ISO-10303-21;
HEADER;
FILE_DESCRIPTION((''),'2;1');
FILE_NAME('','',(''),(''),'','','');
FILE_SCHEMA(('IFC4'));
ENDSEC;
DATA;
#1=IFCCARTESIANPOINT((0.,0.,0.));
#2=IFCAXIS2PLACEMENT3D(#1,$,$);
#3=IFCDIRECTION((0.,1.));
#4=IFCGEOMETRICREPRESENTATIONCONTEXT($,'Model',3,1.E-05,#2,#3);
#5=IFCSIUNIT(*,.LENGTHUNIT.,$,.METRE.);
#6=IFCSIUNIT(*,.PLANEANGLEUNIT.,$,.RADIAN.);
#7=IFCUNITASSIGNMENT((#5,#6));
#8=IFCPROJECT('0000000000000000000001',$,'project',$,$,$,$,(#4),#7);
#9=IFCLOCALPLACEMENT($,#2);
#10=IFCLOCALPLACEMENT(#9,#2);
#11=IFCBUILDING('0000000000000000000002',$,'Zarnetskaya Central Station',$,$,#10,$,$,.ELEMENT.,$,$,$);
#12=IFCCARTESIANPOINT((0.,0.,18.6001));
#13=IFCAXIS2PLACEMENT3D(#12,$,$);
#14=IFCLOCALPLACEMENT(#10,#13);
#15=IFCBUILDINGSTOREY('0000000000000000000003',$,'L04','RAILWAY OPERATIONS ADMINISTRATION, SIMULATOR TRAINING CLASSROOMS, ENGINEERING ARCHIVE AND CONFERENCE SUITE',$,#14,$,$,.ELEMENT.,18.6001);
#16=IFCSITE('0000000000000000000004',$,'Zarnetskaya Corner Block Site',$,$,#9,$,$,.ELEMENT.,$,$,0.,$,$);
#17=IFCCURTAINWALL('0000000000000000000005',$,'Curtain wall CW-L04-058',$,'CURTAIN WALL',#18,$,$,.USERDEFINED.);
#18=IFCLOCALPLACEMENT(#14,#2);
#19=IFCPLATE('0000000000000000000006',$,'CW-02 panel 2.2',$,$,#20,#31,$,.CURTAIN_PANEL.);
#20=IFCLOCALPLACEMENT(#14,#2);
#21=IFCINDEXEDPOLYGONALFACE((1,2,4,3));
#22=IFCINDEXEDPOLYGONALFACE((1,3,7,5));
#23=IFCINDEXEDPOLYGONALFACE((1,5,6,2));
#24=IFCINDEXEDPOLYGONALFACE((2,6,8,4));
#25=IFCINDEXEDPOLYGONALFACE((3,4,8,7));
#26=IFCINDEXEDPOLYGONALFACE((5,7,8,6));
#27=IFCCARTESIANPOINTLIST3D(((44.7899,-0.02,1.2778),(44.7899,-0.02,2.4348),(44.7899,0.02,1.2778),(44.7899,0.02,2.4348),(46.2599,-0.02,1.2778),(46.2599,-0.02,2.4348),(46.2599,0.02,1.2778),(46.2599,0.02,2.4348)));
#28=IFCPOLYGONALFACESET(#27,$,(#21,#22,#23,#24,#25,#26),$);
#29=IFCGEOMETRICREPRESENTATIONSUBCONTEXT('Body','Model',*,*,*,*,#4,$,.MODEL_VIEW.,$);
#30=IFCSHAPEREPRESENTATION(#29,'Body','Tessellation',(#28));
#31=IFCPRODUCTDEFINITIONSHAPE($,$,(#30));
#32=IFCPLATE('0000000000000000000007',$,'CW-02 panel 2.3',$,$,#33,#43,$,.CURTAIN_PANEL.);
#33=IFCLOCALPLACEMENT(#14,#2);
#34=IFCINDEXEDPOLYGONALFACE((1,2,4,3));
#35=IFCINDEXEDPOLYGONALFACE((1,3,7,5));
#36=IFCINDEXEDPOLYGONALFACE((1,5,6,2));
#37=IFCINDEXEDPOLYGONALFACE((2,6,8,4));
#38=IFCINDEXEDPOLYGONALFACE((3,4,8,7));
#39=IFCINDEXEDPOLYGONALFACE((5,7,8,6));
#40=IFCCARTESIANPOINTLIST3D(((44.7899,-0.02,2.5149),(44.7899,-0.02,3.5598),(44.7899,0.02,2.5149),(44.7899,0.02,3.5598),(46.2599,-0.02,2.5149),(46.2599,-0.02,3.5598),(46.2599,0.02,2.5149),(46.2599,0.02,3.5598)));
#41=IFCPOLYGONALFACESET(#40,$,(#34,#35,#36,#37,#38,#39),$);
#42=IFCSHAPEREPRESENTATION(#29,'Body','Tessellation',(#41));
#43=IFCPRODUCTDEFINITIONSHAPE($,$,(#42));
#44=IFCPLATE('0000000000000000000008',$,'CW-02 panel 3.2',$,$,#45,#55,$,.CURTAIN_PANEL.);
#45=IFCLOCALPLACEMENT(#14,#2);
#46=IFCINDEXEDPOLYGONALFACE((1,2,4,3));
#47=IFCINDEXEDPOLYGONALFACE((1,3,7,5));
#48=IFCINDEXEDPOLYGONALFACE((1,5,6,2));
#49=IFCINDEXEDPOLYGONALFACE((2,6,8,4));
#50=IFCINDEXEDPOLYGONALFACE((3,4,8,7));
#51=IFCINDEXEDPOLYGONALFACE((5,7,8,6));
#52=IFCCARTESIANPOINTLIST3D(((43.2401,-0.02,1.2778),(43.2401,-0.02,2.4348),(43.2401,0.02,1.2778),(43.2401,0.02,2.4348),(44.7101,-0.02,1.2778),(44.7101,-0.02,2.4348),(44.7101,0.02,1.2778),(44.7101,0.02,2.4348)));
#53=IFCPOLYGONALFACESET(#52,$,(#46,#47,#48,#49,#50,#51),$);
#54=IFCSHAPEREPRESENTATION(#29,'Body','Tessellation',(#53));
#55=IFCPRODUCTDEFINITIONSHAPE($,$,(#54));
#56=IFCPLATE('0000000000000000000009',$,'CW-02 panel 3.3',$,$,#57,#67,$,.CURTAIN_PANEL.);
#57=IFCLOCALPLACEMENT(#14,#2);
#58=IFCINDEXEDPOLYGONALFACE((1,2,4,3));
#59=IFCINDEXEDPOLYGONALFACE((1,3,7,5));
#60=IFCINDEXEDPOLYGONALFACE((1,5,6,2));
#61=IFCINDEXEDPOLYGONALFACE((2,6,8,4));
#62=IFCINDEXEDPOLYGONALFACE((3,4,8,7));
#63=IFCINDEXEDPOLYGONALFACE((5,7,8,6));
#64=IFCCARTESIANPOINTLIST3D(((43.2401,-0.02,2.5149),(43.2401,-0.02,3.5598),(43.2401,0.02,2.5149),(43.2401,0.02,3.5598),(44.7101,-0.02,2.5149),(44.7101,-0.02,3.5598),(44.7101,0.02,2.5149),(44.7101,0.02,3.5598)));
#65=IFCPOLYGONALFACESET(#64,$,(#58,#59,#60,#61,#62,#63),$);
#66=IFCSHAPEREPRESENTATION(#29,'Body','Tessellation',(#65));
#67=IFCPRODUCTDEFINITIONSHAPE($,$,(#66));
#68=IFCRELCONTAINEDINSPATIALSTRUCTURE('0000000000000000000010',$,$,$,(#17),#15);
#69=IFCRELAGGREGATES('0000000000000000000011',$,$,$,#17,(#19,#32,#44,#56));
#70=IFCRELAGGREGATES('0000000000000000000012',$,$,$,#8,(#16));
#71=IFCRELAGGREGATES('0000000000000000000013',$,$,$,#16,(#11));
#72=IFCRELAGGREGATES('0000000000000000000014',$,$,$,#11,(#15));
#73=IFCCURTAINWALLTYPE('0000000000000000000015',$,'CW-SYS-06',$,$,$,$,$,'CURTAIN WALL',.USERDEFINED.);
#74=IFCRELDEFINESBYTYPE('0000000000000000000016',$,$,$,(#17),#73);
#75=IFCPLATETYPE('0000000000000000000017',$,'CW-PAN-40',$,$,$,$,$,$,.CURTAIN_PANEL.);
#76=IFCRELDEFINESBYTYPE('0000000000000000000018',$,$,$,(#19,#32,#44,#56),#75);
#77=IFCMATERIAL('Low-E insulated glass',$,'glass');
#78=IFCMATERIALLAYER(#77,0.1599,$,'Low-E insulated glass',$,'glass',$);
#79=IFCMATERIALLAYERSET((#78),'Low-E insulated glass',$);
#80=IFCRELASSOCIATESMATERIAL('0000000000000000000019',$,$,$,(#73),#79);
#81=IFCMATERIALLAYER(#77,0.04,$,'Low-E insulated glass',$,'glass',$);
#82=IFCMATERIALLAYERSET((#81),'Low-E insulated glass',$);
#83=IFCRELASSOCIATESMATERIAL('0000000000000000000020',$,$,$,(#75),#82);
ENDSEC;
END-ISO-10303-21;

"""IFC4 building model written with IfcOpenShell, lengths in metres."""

from ifc_helpers import new_model, si_unit, direction, frame, origin, origin_2d, place, context, subcontext, project, spatial, rectangle, extrude, material, layer, layer_set, type_object, element, aggregate, save


model = new_model("IFC4")

# Units and contexts
model_context = context("Model", 3, precision=1e-05, world=origin(), true_north=direction((0.0, 1.0)))
body_context = subcontext(model_context, "Body", "Model", "MODEL_VIEW")
ifc_project = project(units=[si_unit("LENGTHUNIT", "METRE"), si_unit("PLANEANGLEUNIT", "RADIAN")], contexts=[model_context])

# Site, building, storey
site_placement = place(None, origin())
site = spatial("IfcSite", under=ifc_project, at=site_placement, Name="Zarnetskaya Corner Block Site", CompositionType="ELEMENT", RefElevation=0.0)
building_placement = place(site_placement, origin())
building = spatial("IfcBuilding", under=site, at=building_placement, Name="Zarnetskaya Central Station", CompositionType="ELEMENT")
storey_placement = place(building_placement, frame((0.0, 0.0, 18.6001)))
storey = spatial("IfcBuildingStorey", under=building, at=storey_placement, Name="L04", Description="RAILWAY OPERATIONS ADMINISTRATION, SIMULATOR TRAINING CLASSROOMS, ENGINEERING ARCHIVE AND CONFERENCE SUITE", CompositionType="ELEMENT", Elevation=18.6001)

# Curtain wall
ifc_material_1 = material(Name="Low-E insulated glass", Category="glass")
ifc_layer_1 = layer(ifc_material_1, 0.1599, Name="Low-E insulated glass", Category="glass")
ifc_layer_set_1 = layer_set([ifc_layer_1], Name="Low-E insulated glass")
curtain_wall_type_1 = type_object("IfcCurtainWallType", Name="CW-SYS-06", ElementType="CURTAIN WALL", PredefinedType="USERDEFINED", material=ifc_layer_set_1)
curtain_wall_1_placement = place(storey_placement, origin())
curtain_wall_1 = element("IfcCurtainWall", 1, at=curtain_wall_1_placement, inside=storey, type_object=curtain_wall_type_1, Name="Curtain wall CW-L04-058", ObjectType="CURTAIN WALL", PredefinedType="USERDEFINED")

# Plates
ifc_layer_2 = layer(ifc_material_1, 0.04, Name="Low-E insulated glass", Category="glass")
ifc_layer_set_2 = layer_set([ifc_layer_2], Name="Low-E insulated glass")
plate_type_1 = type_object("IfcPlateType", Name="CW-PAN-40", PredefinedType="CURTAIN_PANEL", material=ifc_layer_set_2)
plate_1_placement = place(storey_placement, frame((45.5249, 0.0, 1.2778), z_axis=(0.0, 0.0, 1.0), x_axis=(-1.0, 0.0, 0.0)))
plate_1 = element("IfcPlate", 2, at=plate_1_placement, type_object=plate_type_1, Name="CW-02 panel 2.2", PredefinedType="CURTAIN_PANEL", context=body_context, shape_type="SweptSolid", body=[
    extrude(rectangle(XDim=1.47, YDim=0.04, at=origin_2d()), origin(), (0.0, 0.0, 1.0), 1.157),
])
plate_2_placement = place(storey_placement, frame((45.5249, 0.0, 2.5149), z_axis=(0.0, 0.0, 1.0), x_axis=(-1.0, 0.0, 0.0)))
plate_2 = element("IfcPlate", 3, at=plate_2_placement, type_object=plate_type_1, Name="CW-02 panel 2.3", PredefinedType="CURTAIN_PANEL", context=body_context, shape_type="SweptSolid", body=[
    extrude(rectangle(XDim=1.47, YDim=0.04, at=origin_2d()), origin(), (0.0, 0.0, 1.0), 1.0449),
])
plate_3_placement = place(storey_placement, frame((43.9751, 0.0, 1.2778), z_axis=(0.0, 0.0, 1.0), x_axis=(-1.0, 0.0, 0.0)))
plate_3 = element("IfcPlate", 4, at=plate_3_placement, type_object=plate_type_1, Name="CW-02 panel 3.2", PredefinedType="CURTAIN_PANEL", context=body_context, shape_type="SweptSolid", body=[
    extrude(rectangle(XDim=1.47, YDim=0.04, at=origin_2d()), origin(), (0.0, 0.0, 1.0), 1.157),
])
plate_4_placement = place(storey_placement, frame((43.9751, 0.0, 2.5149), z_axis=(0.0, 0.0, 1.0), x_axis=(-1.0, 0.0, 0.0)))
plate_4 = element("IfcPlate", 5, at=plate_4_placement, type_object=plate_type_1, Name="CW-02 panel 3.3", PredefinedType="CURTAIN_PANEL", context=body_context, shape_type="SweptSolid", body=[
    extrude(rectangle(XDim=1.47, YDim=0.04, at=origin_2d()), origin(), (0.0, 0.0, 1.0), 1.0449),
])
aggregate(curtain_wall_1, [plate_1, plate_2, plate_3, plate_4])

save(model, "model.ifc")
